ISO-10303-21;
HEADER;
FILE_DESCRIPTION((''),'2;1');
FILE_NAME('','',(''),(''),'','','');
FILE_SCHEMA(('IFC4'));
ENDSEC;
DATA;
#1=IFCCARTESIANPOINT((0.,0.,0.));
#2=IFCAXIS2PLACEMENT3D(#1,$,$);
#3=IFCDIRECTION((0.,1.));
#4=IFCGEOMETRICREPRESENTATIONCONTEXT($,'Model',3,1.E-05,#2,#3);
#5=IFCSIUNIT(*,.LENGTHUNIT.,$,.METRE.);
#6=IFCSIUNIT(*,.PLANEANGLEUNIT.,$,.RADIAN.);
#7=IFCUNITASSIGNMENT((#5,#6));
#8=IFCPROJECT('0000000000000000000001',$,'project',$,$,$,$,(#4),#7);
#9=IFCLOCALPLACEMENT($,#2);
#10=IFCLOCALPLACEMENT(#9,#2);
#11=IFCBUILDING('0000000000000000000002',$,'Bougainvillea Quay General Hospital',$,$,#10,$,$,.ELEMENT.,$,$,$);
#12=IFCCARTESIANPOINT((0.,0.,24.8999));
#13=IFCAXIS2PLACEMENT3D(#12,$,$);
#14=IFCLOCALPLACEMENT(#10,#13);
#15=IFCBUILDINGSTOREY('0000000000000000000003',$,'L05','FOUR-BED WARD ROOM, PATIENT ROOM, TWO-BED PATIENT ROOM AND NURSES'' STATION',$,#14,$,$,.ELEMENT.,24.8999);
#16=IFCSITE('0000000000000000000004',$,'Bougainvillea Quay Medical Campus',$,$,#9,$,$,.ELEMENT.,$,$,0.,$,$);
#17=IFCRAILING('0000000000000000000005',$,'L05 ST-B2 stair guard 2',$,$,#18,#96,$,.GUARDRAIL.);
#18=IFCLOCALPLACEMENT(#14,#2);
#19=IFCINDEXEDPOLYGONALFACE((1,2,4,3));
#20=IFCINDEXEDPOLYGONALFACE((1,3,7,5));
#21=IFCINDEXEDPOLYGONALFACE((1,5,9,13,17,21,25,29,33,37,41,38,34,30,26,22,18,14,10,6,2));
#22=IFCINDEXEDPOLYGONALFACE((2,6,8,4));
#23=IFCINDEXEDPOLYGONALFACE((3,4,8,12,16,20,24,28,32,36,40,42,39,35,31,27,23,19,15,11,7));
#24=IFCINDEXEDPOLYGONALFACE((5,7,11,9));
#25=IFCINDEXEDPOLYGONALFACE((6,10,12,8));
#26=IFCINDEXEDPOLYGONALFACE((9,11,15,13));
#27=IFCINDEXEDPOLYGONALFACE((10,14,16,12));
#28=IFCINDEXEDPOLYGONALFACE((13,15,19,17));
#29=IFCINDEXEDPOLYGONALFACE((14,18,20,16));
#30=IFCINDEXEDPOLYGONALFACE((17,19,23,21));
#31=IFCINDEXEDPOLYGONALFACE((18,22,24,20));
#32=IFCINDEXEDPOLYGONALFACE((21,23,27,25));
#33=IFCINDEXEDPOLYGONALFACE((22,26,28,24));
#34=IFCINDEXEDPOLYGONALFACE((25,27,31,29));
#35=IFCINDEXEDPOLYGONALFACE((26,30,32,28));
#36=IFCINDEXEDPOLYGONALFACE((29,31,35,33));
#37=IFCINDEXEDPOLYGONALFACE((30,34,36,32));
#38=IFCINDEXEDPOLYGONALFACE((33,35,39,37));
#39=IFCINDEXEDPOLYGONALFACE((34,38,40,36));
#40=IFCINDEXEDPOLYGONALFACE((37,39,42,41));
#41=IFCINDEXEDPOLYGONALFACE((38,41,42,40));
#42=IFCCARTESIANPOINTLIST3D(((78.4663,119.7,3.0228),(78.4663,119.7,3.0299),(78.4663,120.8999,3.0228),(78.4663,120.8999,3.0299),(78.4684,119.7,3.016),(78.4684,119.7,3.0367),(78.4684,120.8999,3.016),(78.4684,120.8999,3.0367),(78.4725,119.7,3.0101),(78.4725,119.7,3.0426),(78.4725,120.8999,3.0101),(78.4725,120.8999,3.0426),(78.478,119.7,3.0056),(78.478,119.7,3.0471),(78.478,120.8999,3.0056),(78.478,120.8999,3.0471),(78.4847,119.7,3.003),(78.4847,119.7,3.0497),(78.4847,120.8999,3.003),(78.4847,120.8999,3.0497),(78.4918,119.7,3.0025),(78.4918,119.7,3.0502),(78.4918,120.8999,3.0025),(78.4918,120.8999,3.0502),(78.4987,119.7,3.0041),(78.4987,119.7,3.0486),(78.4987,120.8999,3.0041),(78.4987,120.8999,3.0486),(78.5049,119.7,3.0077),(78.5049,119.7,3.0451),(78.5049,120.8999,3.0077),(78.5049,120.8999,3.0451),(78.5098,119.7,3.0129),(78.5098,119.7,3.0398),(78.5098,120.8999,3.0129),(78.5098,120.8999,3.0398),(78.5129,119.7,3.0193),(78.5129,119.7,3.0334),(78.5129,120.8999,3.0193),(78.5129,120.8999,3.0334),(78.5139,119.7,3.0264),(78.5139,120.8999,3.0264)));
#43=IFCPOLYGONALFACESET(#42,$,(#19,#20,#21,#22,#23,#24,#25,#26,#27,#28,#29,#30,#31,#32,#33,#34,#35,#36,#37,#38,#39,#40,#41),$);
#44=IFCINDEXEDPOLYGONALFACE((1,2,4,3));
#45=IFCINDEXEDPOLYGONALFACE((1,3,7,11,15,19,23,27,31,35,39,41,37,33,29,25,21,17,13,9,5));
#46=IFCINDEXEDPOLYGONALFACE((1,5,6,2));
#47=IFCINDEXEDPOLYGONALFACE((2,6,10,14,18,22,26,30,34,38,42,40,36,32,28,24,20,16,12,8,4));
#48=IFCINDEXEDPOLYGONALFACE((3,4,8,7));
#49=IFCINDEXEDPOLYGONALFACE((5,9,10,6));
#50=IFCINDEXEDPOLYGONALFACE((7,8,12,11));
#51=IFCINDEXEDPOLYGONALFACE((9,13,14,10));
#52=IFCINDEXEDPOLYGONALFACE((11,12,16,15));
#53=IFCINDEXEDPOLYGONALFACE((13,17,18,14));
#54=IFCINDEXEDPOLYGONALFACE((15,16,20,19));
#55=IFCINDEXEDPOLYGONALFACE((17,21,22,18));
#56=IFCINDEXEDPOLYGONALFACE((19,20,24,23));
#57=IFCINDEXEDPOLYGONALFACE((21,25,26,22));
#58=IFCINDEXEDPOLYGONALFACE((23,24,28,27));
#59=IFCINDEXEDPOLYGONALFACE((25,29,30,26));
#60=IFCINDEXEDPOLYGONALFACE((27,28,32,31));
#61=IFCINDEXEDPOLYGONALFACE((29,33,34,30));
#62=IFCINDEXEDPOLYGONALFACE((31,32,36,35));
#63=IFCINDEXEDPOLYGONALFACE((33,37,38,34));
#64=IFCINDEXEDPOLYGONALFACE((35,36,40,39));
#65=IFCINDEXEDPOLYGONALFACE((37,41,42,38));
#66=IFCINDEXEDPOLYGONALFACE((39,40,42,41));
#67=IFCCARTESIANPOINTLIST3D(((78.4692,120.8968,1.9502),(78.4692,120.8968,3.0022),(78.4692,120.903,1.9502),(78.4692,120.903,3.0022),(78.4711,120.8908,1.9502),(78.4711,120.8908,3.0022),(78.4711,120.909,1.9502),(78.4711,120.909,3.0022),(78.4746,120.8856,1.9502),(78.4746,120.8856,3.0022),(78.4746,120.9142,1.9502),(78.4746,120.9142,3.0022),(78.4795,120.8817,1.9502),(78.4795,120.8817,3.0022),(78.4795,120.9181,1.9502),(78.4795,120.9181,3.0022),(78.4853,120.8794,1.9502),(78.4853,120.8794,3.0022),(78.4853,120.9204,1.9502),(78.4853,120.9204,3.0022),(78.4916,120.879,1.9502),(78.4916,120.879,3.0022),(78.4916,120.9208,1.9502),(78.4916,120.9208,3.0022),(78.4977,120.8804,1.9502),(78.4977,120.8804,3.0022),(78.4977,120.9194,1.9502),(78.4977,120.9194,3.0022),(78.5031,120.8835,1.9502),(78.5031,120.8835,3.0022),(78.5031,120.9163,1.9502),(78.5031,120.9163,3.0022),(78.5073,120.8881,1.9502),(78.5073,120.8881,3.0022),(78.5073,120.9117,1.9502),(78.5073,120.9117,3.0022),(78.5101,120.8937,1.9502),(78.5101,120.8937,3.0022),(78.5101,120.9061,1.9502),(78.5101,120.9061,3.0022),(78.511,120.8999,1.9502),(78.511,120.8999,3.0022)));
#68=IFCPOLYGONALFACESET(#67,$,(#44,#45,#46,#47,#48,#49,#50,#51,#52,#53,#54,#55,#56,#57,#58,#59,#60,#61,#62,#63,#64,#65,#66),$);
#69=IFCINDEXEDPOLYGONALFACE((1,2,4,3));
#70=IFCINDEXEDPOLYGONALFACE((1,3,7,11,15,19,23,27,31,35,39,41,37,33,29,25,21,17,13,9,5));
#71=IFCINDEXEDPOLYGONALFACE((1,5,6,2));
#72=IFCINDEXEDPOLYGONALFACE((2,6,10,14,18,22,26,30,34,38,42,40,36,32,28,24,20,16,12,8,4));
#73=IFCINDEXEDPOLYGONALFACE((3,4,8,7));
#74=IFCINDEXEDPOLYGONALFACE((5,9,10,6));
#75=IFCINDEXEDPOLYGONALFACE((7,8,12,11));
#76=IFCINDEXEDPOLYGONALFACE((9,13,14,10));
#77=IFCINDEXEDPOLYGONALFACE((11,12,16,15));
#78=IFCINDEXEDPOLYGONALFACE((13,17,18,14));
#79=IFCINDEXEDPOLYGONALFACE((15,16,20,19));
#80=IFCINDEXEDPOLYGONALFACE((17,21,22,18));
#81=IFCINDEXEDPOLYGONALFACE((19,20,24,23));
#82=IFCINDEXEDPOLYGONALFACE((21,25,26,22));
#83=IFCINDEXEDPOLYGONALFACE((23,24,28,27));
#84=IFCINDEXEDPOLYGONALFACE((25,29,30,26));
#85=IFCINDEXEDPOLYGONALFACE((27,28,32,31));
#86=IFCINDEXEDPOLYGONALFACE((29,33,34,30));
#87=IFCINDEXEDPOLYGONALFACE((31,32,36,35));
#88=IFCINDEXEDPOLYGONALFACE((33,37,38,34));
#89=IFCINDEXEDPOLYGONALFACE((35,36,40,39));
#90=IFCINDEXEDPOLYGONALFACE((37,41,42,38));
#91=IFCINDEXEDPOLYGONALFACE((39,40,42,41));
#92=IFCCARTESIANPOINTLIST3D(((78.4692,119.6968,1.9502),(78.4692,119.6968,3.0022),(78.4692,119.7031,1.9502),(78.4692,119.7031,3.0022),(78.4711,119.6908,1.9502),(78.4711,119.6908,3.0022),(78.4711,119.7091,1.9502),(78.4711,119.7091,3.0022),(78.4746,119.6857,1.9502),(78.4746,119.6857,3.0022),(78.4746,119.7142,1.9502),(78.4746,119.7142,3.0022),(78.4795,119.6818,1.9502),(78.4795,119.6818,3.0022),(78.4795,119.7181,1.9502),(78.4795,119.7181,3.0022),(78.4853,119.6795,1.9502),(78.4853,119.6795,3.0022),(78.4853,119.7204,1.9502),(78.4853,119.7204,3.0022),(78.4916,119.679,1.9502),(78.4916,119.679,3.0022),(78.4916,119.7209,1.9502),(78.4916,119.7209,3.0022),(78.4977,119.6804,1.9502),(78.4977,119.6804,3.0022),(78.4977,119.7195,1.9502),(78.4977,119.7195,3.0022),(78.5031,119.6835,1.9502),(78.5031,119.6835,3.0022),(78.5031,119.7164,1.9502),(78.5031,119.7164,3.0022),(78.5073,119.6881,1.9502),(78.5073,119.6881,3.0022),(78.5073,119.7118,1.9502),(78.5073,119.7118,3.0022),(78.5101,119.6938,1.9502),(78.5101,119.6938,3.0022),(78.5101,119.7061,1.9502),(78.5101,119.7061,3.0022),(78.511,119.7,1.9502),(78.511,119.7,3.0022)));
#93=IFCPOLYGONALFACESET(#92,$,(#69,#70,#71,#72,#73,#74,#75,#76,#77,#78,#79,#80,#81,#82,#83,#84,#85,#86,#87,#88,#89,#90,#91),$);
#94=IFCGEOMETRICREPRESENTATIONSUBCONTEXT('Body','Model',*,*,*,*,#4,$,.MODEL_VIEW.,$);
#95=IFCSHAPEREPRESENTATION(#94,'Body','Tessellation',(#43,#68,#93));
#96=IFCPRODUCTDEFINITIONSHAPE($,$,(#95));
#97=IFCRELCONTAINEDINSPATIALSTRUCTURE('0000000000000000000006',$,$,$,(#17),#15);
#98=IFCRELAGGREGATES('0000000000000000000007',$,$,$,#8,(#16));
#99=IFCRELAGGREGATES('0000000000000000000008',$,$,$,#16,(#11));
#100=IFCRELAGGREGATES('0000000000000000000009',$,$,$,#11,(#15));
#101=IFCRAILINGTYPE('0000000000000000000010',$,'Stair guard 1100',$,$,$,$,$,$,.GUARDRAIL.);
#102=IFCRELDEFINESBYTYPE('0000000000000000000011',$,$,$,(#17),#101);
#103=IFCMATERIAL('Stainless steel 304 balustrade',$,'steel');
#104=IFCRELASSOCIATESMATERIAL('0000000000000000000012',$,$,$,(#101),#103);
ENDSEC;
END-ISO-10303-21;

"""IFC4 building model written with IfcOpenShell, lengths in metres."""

from ifc_helpers import new_model, si_unit, direction, frame, origin, origin_2d, place, context, subcontext, project, spatial, circle, extrude, material, type_object, element, save


model = new_model("IFC4")

# Units and contexts
model_context = context("Model", 3, precision=1e-05, world=origin(), true_north=direction((0.0, 1.0)))
body_context = subcontext(model_context, "Body", "Model", "MODEL_VIEW")
ifc_project = project(units=[si_unit("LENGTHUNIT", "METRE"), si_unit("PLANEANGLEUNIT", "RADIAN")], contexts=[model_context])

# Site, building, storey
site_placement = place(None, origin())
site = spatial("IfcSite", under=ifc_project, at=site_placement, Name="Bougainvillea Quay Medical Campus", CompositionType="ELEMENT", RefElevation=0.0)
building_placement = place(site_placement, origin())
building = spatial("IfcBuilding", under=site, at=building_placement, Name="Bougainvillea Quay General Hospital", CompositionType="ELEMENT")
storey_placement = place(building_placement, frame((0.0, 0.0, 24.8999)))
storey = spatial("IfcBuildingStorey", under=building, at=storey_placement, Name="L05", Description="FOUR-BED WARD ROOM, PATIENT ROOM, TWO-BED PATIENT ROOM AND NURSES' STATION", CompositionType="ELEMENT", Elevation=24.8999)

# Railing
ifc_material_1 = material(Name="Stainless steel 304 balustrade", Category="steel")
railing_type_1 = type_object("IfcRailingType", Name="Stair guard 1100", PredefinedType="GUARDRAIL", material=ifc_material_1)
railing_1_placement = place(storey_placement, frame((78.49, 120.8999, 1.9502)))
element("IfcRailing", 1, at=railing_1_placement, inside=storey, type_object=railing_type_1, Name="L05 ST-B2 stair guard 2", PredefinedType="GUARDRAIL", context=body_context, shape_type="SweptSolid", body=[
    extrude(circle(Radius=0.0239, at=origin_2d()), frame((0.0, 0.0, 1.0762), z_axis=(0.0, -1.0, 0.0), x_axis=(1.0, 0.0, 0.0)), (0.0, 0.0, 1.0), 1.2),
    extrude(circle(Radius=0.021, at=origin_2d()), origin(), (0.0, 0.0, 1.0), 1.052),
    extrude(circle(Radius=0.021, at=origin_2d()), frame((0.0, -1.2, 0.0)), (0.0, 0.0, 1.0), 1.052),
])

save(model, "model.ifc")
